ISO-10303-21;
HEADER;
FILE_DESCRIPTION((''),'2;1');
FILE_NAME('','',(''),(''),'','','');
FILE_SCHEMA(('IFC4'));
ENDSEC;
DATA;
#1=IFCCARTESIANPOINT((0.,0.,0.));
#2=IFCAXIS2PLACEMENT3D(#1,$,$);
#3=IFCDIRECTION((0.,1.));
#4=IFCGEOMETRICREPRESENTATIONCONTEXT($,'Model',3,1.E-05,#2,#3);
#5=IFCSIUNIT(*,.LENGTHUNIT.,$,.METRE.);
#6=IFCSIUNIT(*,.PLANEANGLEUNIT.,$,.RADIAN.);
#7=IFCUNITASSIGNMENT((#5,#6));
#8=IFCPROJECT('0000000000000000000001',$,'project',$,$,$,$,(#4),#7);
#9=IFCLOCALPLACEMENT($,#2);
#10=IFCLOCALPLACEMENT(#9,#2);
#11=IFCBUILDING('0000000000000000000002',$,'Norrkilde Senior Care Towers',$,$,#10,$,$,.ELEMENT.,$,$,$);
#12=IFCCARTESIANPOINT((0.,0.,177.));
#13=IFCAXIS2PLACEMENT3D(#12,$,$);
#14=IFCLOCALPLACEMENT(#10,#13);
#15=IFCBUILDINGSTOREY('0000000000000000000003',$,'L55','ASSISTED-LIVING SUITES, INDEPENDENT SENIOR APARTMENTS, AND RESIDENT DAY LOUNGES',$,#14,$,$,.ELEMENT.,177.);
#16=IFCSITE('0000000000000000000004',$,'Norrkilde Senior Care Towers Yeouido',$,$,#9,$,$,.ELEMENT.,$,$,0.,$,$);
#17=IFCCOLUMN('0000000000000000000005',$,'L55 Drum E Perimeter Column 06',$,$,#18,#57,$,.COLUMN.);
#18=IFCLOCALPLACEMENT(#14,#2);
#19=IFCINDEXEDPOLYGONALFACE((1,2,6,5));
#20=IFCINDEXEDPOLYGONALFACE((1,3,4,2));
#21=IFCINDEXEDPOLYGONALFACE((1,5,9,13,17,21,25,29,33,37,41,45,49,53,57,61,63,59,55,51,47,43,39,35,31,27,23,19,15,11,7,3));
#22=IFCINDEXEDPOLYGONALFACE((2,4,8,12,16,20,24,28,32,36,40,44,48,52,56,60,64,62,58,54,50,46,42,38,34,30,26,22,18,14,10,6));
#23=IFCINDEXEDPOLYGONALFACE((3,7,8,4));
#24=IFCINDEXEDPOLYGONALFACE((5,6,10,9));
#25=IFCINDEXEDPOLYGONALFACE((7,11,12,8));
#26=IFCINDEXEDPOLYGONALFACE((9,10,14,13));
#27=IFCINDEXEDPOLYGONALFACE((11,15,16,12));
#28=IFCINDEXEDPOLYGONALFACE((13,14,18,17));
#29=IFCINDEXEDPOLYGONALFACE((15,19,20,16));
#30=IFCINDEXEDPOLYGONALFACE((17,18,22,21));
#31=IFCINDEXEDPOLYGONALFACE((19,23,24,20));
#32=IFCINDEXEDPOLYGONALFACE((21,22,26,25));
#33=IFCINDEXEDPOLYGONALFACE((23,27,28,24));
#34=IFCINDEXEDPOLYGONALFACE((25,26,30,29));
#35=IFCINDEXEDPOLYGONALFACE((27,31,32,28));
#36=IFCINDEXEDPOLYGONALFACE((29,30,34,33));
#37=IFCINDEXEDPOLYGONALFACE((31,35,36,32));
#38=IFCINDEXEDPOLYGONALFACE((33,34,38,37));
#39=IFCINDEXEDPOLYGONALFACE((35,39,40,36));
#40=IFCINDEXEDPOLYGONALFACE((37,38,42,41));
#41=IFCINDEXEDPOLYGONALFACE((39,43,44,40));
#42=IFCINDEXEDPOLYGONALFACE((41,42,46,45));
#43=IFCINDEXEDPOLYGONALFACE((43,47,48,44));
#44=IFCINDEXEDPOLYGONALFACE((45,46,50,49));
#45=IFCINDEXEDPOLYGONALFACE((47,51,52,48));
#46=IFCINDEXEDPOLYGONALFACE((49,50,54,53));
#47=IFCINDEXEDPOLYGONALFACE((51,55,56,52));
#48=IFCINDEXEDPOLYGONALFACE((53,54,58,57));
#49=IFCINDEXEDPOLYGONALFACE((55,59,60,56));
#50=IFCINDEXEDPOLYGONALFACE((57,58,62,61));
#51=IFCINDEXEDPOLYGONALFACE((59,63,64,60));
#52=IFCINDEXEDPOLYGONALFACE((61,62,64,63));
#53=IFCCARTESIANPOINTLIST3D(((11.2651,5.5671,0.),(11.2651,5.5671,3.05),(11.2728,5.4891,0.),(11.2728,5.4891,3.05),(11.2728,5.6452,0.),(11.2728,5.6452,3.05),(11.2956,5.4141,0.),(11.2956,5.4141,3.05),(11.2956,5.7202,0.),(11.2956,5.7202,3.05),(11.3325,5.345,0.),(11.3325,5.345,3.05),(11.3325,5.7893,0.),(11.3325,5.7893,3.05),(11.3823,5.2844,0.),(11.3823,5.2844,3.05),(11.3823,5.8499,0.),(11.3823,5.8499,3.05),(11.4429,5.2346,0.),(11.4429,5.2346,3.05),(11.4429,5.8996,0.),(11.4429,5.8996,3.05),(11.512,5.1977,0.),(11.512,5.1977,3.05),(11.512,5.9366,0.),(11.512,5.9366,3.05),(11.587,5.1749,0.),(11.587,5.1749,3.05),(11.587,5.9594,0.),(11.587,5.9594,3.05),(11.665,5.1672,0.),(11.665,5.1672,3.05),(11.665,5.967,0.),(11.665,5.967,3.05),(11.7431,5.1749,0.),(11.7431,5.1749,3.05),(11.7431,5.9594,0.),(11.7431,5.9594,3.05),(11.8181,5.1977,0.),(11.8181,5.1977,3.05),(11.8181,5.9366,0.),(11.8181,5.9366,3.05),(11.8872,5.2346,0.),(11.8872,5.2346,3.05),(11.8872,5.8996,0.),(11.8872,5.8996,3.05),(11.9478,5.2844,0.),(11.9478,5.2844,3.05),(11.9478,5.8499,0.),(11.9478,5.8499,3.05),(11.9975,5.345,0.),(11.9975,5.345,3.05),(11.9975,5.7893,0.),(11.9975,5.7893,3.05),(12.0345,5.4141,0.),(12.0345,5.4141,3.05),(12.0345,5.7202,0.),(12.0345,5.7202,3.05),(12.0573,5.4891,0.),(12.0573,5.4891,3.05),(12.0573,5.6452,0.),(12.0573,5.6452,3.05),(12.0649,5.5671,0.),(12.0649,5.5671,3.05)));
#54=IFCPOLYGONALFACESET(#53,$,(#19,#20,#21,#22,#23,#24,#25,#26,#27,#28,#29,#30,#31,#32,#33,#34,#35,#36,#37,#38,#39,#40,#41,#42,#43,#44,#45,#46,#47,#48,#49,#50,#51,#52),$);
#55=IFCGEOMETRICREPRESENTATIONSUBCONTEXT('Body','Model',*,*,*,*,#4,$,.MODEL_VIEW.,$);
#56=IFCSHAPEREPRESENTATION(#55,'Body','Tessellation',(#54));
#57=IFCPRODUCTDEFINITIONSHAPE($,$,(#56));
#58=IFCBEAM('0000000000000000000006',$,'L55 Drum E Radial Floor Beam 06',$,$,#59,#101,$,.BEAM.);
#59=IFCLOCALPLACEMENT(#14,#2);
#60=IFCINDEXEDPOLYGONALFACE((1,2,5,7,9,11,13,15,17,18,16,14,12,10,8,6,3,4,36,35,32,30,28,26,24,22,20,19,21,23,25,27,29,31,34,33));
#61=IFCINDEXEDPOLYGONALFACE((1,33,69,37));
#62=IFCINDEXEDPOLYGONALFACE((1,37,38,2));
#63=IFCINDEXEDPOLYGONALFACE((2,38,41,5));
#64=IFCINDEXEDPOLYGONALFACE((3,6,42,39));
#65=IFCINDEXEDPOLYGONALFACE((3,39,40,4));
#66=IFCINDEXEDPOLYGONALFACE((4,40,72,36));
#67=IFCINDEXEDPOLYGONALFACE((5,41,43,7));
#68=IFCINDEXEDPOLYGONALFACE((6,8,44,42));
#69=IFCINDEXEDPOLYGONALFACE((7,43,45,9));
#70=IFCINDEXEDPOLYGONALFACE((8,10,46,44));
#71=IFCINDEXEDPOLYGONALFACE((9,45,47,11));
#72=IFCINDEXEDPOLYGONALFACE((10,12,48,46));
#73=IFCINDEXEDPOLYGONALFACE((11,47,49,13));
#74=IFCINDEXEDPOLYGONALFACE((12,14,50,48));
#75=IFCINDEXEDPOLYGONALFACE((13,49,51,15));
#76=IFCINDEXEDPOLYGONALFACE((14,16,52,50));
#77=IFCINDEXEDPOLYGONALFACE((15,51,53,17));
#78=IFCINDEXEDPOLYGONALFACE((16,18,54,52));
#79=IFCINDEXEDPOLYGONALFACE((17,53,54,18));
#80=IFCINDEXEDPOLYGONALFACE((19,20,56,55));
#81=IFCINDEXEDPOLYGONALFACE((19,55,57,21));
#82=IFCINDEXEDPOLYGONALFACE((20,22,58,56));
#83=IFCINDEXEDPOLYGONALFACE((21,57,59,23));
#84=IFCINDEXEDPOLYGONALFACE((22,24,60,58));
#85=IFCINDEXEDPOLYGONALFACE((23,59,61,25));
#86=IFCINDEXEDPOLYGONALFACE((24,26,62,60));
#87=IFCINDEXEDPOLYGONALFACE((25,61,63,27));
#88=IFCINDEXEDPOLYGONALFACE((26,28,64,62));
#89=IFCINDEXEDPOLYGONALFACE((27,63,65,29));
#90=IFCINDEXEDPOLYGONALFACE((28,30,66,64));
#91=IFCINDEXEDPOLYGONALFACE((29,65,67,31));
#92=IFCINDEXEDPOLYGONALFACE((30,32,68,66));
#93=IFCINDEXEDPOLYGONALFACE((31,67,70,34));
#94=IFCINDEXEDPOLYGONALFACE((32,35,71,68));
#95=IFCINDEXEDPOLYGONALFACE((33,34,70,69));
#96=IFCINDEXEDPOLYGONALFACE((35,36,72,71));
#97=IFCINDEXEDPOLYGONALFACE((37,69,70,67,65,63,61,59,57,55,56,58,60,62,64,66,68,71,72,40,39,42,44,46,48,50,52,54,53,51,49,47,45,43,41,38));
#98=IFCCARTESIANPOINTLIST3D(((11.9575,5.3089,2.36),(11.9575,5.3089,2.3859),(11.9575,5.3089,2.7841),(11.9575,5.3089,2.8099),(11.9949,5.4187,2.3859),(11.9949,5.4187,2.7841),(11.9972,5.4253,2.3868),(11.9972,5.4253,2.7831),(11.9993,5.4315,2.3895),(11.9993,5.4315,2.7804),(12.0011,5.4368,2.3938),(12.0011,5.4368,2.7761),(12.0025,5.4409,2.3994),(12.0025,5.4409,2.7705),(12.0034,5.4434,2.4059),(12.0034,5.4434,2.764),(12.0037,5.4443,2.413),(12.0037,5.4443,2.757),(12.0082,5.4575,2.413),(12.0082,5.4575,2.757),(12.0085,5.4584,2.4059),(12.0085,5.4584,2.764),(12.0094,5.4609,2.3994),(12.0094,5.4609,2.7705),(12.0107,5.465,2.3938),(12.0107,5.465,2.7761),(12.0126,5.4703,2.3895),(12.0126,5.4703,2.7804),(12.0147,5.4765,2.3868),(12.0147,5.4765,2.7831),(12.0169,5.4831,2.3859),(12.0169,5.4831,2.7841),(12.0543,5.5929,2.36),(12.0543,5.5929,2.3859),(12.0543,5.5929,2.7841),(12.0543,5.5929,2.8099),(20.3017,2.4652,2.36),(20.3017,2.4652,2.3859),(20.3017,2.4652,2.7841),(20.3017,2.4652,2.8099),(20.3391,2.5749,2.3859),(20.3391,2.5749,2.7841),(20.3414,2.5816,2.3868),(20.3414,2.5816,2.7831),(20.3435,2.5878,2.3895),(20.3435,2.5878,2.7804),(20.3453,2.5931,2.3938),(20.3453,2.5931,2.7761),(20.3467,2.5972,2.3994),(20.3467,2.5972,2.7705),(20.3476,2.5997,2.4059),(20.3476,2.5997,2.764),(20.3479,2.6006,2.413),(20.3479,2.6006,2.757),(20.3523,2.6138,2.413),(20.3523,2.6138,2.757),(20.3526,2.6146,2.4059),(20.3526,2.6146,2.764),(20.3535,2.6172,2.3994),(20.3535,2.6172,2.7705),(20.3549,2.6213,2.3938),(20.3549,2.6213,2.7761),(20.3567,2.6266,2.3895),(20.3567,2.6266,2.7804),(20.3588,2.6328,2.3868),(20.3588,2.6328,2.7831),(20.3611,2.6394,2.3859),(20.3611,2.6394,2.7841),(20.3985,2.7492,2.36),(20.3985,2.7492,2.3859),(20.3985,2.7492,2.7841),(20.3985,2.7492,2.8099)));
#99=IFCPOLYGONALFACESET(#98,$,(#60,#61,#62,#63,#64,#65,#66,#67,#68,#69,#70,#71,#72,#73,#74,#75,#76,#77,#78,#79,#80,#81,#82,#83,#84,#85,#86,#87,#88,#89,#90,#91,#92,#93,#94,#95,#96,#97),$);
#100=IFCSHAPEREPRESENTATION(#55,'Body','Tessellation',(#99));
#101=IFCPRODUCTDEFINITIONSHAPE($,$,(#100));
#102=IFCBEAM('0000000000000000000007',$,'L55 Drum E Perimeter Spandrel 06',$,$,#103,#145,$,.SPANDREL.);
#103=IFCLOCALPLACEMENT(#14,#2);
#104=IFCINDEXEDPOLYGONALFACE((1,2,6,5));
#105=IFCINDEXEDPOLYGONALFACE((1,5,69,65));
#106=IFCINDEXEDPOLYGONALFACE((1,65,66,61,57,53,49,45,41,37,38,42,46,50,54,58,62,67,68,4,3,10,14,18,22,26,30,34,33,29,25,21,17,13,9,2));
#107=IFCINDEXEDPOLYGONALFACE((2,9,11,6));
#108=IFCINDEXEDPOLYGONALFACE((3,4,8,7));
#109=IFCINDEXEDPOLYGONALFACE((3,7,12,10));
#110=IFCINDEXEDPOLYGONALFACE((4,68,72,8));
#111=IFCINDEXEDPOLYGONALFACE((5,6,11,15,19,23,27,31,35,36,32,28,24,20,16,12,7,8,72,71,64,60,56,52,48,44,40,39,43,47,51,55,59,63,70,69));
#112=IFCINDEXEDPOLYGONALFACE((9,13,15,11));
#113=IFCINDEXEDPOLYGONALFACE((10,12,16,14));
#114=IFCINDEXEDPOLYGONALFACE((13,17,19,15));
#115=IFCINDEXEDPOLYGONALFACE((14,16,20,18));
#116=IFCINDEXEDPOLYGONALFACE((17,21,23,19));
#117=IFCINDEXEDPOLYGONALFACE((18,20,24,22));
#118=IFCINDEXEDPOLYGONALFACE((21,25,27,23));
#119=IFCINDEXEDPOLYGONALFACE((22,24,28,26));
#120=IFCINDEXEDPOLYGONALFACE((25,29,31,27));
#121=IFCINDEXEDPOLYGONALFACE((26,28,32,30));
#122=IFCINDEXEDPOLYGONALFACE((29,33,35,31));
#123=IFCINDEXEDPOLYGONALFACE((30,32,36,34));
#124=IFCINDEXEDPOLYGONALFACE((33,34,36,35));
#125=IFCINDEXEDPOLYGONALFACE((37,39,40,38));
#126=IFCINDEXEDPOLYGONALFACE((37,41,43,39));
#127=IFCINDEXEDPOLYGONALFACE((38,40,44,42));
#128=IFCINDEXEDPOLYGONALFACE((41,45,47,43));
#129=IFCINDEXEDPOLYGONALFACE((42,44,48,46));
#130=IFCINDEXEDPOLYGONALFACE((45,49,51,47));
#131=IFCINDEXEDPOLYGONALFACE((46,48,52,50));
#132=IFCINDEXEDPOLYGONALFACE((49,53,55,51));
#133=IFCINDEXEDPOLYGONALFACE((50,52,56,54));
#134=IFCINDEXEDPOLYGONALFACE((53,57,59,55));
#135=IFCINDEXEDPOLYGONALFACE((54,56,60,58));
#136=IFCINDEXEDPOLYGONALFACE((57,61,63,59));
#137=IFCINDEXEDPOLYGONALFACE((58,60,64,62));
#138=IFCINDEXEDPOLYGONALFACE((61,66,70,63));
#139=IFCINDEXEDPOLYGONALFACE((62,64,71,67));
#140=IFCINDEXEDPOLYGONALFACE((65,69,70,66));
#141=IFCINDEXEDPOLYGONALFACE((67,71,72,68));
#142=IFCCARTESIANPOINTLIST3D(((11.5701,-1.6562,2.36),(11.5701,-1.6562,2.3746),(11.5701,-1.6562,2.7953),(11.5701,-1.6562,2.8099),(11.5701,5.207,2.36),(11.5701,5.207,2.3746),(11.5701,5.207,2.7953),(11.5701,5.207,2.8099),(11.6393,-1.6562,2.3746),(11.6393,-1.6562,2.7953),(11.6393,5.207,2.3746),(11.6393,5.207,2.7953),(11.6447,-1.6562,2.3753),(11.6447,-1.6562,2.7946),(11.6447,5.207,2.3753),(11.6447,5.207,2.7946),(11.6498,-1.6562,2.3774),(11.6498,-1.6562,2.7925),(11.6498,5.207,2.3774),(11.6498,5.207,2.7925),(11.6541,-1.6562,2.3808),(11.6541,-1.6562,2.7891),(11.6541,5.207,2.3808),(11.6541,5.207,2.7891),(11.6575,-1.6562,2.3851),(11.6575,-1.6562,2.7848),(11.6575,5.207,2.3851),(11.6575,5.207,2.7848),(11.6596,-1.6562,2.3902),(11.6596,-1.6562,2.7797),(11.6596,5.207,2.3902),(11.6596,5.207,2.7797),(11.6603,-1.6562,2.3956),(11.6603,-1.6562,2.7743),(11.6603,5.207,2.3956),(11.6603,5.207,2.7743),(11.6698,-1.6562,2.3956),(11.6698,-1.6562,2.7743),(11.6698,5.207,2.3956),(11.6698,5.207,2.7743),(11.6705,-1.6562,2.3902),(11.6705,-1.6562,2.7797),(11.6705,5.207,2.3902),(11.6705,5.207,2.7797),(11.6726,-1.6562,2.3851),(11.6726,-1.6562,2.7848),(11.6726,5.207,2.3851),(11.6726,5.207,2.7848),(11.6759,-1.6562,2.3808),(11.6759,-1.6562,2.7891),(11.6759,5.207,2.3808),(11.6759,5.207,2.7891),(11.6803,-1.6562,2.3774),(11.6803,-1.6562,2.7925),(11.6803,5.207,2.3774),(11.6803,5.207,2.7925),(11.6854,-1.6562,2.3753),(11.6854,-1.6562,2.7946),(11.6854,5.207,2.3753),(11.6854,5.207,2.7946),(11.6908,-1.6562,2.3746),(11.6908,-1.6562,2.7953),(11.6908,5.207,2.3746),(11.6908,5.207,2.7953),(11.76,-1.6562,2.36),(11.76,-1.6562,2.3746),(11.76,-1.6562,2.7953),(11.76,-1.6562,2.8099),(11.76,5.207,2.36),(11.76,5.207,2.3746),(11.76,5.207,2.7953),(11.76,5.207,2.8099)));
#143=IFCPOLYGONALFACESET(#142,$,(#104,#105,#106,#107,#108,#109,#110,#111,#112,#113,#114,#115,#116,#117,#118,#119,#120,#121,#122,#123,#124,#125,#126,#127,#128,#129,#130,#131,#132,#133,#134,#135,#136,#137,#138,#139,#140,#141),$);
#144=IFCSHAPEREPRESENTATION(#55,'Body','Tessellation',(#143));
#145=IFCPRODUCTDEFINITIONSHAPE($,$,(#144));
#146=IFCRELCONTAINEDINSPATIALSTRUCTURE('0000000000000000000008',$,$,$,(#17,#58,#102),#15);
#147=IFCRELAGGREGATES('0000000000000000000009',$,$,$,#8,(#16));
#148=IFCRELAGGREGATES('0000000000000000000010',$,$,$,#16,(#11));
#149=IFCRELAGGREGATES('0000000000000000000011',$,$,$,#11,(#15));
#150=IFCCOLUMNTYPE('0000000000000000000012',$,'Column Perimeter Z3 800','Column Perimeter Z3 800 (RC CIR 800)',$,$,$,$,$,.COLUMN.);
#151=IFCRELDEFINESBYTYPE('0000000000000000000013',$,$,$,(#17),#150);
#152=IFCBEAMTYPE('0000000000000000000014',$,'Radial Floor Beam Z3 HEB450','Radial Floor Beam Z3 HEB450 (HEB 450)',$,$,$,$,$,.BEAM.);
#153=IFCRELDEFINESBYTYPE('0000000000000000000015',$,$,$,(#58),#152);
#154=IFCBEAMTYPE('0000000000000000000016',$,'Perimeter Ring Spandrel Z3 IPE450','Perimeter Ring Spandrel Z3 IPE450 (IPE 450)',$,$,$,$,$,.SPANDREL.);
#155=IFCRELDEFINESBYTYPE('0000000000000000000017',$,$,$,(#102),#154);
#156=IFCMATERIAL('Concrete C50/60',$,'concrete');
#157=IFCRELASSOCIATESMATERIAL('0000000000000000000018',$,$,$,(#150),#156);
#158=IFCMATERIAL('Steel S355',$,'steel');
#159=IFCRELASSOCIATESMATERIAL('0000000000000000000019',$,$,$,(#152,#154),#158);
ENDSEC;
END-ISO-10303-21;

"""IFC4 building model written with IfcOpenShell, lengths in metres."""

from ifc_helpers import new_model, si_unit, direction, frame, origin, origin_2d, place, context, subcontext, project, spatial, circle, i_section, extrude, source, transform, mapped, material, material_profile, profile_set, type_object, type_shapes, element, save


model = new_model("IFC4")

# Units and contexts
model_context = context("Model", 3, precision=1e-05, world=origin(), true_north=direction((0.0, 1.0)))
body_context = subcontext(model_context, "Body", "Model", "MODEL_VIEW")
ifc_project = project(units=[si_unit("LENGTHUNIT", "METRE"), si_unit("PLANEANGLEUNIT", "RADIAN")], contexts=[model_context])

# Site, building, storey
site_placement = place(None, origin())
site = spatial("IfcSite", under=ifc_project, at=site_placement, Name="Norrkilde Senior Care Towers Yeouido", CompositionType="ELEMENT", RefElevation=0.0)
building_placement = place(site_placement, origin())
building = spatial("IfcBuilding", under=site, at=building_placement, Name="Norrkilde Senior Care Towers", CompositionType="ELEMENT")
storey_placement = place(building_placement, frame((0.0, 0.0, 177.0)))
storey = spatial("IfcBuildingStorey", under=building, at=storey_placement, Name="L55", Description="ASSISTED-LIVING SUITES, INDEPENDENT SENIOR APARTMENTS, AND RESIDENT DAY LOUNGES", CompositionType="ELEMENT", Elevation=177.0)

# Column
ifc_material_1 = material(Name="Concrete C50/60", Category="concrete")
ifc_material_profile_1 = material_profile(ifc_material_1, circle(Radius=0.3999, at=origin_2d()), Name="RC CIR 800")
ifc_profile_set_1 = profile_set([ifc_material_profile_1], Name="Concrete C50/60")
column_type = type_object("IfcColumnType", Name="Column Perimeter Z3 800", Description="Column Perimeter Z3 800 (RC CIR 800)", PredefinedType="COLUMN", material=ifc_profile_set_1)
shared_shape_1 = source(origin(), body_context, "Body", "SweptSolid", [
    extrude(circle(Radius=0.3999, at=origin_2d()), origin(), (0.0, 0.0, 1.0), 3.05),
])
type_shapes(column_type, [shared_shape_1])
column_placement = place(storey_placement, frame((11.665, 5.5671, 0.0), z_axis=(0.0, 0.0, 1.0), x_axis=(1.0, 0.0, 0.0)))
element("IfcColumn", 1, at=column_placement, inside=storey, type_object=column_type, Name="L55 Drum E Perimeter Column 06", PredefinedType="COLUMN", context=body_context, shape_type="MappedRepresentation", body=[
    mapped(shared_shape_1, transform((0.0, 0.0, 0.0), x_axis=(1.0, 0.0, 0.0), y_axis=(0.0, 1.0, 0.0), z_axis=(0.0, 0.0, 1.0), scale=1.0)),
])

# Beams
ifc_material_2 = material(Name="Steel S355", Category="steel")
ifc_material_profile_2 = material_profile(ifc_material_2, i_section(OverallWidth=0.3, OverallDepth=0.45, WebThickness=0.0139, FlangeThickness=0.0259, FilletRadius=0.0271, at=origin_2d()), Name="HEB 450")
ifc_profile_set_2 = profile_set([ifc_material_profile_2], Name="Steel S355")
beam_type_1 = type_object("IfcBeamType", Name="Radial Floor Beam Z3 HEB450", Description="Radial Floor Beam Z3 HEB450 (HEB 450)", PredefinedType="BEAM", material=ifc_profile_set_2)
shared_shape_2 = source(origin(), body_context, "Body", "SweptSolid", [
    extrude(i_section(OverallWidth=0.3, OverallDepth=0.45, WebThickness=0.0139, FlangeThickness=0.0259, FilletRadius=0.0271, at=origin_2d()), origin(), (0.0, 0.0, 1.0), 8.8154),
])
beam_1_placement = place(storey_placement, frame((20.3501, 2.6072, 2.585), z_axis=(-0.946541, 0.322585, 0.0), x_axis=(-0.322585, -0.946541, 0.0)))
element("IfcBeam", 2, at=beam_1_placement, inside=storey, type_object=beam_type_1, Name="L55 Drum E Radial Floor Beam 06", PredefinedType="BEAM", context=body_context, shape_type="MappedRepresentation", body=[
    mapped(shared_shape_2, transform((0.0, 0.0, 0.0), x_axis=(1.0, 0.0, 0.0), y_axis=(0.0, 1.0, 0.0), z_axis=(0.0, 0.0, 1.0), scale=1.0)),
])
ifc_material_profile_3 = material_profile(ifc_material_2, i_section(OverallWidth=0.1899, OverallDepth=0.45, WebThickness=0.0095, FlangeThickness=0.0146, FilletRadius=0.021, at=origin_2d()), Name="IPE 450")
ifc_profile_set_3 = profile_set([ifc_material_profile_3], Name="Steel S355")
beam_type_2 = type_object("IfcBeamType", Name="Perimeter Ring Spandrel Z3 IPE450", Description="Perimeter Ring Spandrel Z3 IPE450 (IPE 450)", PredefinedType="SPANDREL", material=ifc_profile_set_3)
shared_shape_3 = source(origin(), body_context, "Body", "SweptSolid", [
    extrude(i_section(OverallWidth=0.1899, OverallDepth=0.45, WebThickness=0.0095, FlangeThickness=0.0146, FilletRadius=0.021, at=origin_2d()), origin(), (0.0, 0.0, 1.0), 6.8633),
])
type_shapes(beam_type_2, [shared_shape_3])
beam_2_placement = place(storey_placement, frame((11.665, 5.207, 2.585), z_axis=(0.0, -1.0, 0.0), x_axis=(1.0, 0.0, 0.0)))
element("IfcBeam", 3, at=beam_2_placement, inside=storey, type_object=beam_type_2, Name="L55 Drum E Perimeter Spandrel 06", PredefinedType="SPANDREL", context=body_context, shape_type="MappedRepresentation", body=[
    mapped(shared_shape_3, transform((0.0, 0.0, 0.0), x_axis=(1.0, 0.0, 0.0), y_axis=(0.0, 1.0, 0.0), z_axis=(0.0, 0.0, 1.0), scale=1.0)),
])

save(model, "model.ifc")
